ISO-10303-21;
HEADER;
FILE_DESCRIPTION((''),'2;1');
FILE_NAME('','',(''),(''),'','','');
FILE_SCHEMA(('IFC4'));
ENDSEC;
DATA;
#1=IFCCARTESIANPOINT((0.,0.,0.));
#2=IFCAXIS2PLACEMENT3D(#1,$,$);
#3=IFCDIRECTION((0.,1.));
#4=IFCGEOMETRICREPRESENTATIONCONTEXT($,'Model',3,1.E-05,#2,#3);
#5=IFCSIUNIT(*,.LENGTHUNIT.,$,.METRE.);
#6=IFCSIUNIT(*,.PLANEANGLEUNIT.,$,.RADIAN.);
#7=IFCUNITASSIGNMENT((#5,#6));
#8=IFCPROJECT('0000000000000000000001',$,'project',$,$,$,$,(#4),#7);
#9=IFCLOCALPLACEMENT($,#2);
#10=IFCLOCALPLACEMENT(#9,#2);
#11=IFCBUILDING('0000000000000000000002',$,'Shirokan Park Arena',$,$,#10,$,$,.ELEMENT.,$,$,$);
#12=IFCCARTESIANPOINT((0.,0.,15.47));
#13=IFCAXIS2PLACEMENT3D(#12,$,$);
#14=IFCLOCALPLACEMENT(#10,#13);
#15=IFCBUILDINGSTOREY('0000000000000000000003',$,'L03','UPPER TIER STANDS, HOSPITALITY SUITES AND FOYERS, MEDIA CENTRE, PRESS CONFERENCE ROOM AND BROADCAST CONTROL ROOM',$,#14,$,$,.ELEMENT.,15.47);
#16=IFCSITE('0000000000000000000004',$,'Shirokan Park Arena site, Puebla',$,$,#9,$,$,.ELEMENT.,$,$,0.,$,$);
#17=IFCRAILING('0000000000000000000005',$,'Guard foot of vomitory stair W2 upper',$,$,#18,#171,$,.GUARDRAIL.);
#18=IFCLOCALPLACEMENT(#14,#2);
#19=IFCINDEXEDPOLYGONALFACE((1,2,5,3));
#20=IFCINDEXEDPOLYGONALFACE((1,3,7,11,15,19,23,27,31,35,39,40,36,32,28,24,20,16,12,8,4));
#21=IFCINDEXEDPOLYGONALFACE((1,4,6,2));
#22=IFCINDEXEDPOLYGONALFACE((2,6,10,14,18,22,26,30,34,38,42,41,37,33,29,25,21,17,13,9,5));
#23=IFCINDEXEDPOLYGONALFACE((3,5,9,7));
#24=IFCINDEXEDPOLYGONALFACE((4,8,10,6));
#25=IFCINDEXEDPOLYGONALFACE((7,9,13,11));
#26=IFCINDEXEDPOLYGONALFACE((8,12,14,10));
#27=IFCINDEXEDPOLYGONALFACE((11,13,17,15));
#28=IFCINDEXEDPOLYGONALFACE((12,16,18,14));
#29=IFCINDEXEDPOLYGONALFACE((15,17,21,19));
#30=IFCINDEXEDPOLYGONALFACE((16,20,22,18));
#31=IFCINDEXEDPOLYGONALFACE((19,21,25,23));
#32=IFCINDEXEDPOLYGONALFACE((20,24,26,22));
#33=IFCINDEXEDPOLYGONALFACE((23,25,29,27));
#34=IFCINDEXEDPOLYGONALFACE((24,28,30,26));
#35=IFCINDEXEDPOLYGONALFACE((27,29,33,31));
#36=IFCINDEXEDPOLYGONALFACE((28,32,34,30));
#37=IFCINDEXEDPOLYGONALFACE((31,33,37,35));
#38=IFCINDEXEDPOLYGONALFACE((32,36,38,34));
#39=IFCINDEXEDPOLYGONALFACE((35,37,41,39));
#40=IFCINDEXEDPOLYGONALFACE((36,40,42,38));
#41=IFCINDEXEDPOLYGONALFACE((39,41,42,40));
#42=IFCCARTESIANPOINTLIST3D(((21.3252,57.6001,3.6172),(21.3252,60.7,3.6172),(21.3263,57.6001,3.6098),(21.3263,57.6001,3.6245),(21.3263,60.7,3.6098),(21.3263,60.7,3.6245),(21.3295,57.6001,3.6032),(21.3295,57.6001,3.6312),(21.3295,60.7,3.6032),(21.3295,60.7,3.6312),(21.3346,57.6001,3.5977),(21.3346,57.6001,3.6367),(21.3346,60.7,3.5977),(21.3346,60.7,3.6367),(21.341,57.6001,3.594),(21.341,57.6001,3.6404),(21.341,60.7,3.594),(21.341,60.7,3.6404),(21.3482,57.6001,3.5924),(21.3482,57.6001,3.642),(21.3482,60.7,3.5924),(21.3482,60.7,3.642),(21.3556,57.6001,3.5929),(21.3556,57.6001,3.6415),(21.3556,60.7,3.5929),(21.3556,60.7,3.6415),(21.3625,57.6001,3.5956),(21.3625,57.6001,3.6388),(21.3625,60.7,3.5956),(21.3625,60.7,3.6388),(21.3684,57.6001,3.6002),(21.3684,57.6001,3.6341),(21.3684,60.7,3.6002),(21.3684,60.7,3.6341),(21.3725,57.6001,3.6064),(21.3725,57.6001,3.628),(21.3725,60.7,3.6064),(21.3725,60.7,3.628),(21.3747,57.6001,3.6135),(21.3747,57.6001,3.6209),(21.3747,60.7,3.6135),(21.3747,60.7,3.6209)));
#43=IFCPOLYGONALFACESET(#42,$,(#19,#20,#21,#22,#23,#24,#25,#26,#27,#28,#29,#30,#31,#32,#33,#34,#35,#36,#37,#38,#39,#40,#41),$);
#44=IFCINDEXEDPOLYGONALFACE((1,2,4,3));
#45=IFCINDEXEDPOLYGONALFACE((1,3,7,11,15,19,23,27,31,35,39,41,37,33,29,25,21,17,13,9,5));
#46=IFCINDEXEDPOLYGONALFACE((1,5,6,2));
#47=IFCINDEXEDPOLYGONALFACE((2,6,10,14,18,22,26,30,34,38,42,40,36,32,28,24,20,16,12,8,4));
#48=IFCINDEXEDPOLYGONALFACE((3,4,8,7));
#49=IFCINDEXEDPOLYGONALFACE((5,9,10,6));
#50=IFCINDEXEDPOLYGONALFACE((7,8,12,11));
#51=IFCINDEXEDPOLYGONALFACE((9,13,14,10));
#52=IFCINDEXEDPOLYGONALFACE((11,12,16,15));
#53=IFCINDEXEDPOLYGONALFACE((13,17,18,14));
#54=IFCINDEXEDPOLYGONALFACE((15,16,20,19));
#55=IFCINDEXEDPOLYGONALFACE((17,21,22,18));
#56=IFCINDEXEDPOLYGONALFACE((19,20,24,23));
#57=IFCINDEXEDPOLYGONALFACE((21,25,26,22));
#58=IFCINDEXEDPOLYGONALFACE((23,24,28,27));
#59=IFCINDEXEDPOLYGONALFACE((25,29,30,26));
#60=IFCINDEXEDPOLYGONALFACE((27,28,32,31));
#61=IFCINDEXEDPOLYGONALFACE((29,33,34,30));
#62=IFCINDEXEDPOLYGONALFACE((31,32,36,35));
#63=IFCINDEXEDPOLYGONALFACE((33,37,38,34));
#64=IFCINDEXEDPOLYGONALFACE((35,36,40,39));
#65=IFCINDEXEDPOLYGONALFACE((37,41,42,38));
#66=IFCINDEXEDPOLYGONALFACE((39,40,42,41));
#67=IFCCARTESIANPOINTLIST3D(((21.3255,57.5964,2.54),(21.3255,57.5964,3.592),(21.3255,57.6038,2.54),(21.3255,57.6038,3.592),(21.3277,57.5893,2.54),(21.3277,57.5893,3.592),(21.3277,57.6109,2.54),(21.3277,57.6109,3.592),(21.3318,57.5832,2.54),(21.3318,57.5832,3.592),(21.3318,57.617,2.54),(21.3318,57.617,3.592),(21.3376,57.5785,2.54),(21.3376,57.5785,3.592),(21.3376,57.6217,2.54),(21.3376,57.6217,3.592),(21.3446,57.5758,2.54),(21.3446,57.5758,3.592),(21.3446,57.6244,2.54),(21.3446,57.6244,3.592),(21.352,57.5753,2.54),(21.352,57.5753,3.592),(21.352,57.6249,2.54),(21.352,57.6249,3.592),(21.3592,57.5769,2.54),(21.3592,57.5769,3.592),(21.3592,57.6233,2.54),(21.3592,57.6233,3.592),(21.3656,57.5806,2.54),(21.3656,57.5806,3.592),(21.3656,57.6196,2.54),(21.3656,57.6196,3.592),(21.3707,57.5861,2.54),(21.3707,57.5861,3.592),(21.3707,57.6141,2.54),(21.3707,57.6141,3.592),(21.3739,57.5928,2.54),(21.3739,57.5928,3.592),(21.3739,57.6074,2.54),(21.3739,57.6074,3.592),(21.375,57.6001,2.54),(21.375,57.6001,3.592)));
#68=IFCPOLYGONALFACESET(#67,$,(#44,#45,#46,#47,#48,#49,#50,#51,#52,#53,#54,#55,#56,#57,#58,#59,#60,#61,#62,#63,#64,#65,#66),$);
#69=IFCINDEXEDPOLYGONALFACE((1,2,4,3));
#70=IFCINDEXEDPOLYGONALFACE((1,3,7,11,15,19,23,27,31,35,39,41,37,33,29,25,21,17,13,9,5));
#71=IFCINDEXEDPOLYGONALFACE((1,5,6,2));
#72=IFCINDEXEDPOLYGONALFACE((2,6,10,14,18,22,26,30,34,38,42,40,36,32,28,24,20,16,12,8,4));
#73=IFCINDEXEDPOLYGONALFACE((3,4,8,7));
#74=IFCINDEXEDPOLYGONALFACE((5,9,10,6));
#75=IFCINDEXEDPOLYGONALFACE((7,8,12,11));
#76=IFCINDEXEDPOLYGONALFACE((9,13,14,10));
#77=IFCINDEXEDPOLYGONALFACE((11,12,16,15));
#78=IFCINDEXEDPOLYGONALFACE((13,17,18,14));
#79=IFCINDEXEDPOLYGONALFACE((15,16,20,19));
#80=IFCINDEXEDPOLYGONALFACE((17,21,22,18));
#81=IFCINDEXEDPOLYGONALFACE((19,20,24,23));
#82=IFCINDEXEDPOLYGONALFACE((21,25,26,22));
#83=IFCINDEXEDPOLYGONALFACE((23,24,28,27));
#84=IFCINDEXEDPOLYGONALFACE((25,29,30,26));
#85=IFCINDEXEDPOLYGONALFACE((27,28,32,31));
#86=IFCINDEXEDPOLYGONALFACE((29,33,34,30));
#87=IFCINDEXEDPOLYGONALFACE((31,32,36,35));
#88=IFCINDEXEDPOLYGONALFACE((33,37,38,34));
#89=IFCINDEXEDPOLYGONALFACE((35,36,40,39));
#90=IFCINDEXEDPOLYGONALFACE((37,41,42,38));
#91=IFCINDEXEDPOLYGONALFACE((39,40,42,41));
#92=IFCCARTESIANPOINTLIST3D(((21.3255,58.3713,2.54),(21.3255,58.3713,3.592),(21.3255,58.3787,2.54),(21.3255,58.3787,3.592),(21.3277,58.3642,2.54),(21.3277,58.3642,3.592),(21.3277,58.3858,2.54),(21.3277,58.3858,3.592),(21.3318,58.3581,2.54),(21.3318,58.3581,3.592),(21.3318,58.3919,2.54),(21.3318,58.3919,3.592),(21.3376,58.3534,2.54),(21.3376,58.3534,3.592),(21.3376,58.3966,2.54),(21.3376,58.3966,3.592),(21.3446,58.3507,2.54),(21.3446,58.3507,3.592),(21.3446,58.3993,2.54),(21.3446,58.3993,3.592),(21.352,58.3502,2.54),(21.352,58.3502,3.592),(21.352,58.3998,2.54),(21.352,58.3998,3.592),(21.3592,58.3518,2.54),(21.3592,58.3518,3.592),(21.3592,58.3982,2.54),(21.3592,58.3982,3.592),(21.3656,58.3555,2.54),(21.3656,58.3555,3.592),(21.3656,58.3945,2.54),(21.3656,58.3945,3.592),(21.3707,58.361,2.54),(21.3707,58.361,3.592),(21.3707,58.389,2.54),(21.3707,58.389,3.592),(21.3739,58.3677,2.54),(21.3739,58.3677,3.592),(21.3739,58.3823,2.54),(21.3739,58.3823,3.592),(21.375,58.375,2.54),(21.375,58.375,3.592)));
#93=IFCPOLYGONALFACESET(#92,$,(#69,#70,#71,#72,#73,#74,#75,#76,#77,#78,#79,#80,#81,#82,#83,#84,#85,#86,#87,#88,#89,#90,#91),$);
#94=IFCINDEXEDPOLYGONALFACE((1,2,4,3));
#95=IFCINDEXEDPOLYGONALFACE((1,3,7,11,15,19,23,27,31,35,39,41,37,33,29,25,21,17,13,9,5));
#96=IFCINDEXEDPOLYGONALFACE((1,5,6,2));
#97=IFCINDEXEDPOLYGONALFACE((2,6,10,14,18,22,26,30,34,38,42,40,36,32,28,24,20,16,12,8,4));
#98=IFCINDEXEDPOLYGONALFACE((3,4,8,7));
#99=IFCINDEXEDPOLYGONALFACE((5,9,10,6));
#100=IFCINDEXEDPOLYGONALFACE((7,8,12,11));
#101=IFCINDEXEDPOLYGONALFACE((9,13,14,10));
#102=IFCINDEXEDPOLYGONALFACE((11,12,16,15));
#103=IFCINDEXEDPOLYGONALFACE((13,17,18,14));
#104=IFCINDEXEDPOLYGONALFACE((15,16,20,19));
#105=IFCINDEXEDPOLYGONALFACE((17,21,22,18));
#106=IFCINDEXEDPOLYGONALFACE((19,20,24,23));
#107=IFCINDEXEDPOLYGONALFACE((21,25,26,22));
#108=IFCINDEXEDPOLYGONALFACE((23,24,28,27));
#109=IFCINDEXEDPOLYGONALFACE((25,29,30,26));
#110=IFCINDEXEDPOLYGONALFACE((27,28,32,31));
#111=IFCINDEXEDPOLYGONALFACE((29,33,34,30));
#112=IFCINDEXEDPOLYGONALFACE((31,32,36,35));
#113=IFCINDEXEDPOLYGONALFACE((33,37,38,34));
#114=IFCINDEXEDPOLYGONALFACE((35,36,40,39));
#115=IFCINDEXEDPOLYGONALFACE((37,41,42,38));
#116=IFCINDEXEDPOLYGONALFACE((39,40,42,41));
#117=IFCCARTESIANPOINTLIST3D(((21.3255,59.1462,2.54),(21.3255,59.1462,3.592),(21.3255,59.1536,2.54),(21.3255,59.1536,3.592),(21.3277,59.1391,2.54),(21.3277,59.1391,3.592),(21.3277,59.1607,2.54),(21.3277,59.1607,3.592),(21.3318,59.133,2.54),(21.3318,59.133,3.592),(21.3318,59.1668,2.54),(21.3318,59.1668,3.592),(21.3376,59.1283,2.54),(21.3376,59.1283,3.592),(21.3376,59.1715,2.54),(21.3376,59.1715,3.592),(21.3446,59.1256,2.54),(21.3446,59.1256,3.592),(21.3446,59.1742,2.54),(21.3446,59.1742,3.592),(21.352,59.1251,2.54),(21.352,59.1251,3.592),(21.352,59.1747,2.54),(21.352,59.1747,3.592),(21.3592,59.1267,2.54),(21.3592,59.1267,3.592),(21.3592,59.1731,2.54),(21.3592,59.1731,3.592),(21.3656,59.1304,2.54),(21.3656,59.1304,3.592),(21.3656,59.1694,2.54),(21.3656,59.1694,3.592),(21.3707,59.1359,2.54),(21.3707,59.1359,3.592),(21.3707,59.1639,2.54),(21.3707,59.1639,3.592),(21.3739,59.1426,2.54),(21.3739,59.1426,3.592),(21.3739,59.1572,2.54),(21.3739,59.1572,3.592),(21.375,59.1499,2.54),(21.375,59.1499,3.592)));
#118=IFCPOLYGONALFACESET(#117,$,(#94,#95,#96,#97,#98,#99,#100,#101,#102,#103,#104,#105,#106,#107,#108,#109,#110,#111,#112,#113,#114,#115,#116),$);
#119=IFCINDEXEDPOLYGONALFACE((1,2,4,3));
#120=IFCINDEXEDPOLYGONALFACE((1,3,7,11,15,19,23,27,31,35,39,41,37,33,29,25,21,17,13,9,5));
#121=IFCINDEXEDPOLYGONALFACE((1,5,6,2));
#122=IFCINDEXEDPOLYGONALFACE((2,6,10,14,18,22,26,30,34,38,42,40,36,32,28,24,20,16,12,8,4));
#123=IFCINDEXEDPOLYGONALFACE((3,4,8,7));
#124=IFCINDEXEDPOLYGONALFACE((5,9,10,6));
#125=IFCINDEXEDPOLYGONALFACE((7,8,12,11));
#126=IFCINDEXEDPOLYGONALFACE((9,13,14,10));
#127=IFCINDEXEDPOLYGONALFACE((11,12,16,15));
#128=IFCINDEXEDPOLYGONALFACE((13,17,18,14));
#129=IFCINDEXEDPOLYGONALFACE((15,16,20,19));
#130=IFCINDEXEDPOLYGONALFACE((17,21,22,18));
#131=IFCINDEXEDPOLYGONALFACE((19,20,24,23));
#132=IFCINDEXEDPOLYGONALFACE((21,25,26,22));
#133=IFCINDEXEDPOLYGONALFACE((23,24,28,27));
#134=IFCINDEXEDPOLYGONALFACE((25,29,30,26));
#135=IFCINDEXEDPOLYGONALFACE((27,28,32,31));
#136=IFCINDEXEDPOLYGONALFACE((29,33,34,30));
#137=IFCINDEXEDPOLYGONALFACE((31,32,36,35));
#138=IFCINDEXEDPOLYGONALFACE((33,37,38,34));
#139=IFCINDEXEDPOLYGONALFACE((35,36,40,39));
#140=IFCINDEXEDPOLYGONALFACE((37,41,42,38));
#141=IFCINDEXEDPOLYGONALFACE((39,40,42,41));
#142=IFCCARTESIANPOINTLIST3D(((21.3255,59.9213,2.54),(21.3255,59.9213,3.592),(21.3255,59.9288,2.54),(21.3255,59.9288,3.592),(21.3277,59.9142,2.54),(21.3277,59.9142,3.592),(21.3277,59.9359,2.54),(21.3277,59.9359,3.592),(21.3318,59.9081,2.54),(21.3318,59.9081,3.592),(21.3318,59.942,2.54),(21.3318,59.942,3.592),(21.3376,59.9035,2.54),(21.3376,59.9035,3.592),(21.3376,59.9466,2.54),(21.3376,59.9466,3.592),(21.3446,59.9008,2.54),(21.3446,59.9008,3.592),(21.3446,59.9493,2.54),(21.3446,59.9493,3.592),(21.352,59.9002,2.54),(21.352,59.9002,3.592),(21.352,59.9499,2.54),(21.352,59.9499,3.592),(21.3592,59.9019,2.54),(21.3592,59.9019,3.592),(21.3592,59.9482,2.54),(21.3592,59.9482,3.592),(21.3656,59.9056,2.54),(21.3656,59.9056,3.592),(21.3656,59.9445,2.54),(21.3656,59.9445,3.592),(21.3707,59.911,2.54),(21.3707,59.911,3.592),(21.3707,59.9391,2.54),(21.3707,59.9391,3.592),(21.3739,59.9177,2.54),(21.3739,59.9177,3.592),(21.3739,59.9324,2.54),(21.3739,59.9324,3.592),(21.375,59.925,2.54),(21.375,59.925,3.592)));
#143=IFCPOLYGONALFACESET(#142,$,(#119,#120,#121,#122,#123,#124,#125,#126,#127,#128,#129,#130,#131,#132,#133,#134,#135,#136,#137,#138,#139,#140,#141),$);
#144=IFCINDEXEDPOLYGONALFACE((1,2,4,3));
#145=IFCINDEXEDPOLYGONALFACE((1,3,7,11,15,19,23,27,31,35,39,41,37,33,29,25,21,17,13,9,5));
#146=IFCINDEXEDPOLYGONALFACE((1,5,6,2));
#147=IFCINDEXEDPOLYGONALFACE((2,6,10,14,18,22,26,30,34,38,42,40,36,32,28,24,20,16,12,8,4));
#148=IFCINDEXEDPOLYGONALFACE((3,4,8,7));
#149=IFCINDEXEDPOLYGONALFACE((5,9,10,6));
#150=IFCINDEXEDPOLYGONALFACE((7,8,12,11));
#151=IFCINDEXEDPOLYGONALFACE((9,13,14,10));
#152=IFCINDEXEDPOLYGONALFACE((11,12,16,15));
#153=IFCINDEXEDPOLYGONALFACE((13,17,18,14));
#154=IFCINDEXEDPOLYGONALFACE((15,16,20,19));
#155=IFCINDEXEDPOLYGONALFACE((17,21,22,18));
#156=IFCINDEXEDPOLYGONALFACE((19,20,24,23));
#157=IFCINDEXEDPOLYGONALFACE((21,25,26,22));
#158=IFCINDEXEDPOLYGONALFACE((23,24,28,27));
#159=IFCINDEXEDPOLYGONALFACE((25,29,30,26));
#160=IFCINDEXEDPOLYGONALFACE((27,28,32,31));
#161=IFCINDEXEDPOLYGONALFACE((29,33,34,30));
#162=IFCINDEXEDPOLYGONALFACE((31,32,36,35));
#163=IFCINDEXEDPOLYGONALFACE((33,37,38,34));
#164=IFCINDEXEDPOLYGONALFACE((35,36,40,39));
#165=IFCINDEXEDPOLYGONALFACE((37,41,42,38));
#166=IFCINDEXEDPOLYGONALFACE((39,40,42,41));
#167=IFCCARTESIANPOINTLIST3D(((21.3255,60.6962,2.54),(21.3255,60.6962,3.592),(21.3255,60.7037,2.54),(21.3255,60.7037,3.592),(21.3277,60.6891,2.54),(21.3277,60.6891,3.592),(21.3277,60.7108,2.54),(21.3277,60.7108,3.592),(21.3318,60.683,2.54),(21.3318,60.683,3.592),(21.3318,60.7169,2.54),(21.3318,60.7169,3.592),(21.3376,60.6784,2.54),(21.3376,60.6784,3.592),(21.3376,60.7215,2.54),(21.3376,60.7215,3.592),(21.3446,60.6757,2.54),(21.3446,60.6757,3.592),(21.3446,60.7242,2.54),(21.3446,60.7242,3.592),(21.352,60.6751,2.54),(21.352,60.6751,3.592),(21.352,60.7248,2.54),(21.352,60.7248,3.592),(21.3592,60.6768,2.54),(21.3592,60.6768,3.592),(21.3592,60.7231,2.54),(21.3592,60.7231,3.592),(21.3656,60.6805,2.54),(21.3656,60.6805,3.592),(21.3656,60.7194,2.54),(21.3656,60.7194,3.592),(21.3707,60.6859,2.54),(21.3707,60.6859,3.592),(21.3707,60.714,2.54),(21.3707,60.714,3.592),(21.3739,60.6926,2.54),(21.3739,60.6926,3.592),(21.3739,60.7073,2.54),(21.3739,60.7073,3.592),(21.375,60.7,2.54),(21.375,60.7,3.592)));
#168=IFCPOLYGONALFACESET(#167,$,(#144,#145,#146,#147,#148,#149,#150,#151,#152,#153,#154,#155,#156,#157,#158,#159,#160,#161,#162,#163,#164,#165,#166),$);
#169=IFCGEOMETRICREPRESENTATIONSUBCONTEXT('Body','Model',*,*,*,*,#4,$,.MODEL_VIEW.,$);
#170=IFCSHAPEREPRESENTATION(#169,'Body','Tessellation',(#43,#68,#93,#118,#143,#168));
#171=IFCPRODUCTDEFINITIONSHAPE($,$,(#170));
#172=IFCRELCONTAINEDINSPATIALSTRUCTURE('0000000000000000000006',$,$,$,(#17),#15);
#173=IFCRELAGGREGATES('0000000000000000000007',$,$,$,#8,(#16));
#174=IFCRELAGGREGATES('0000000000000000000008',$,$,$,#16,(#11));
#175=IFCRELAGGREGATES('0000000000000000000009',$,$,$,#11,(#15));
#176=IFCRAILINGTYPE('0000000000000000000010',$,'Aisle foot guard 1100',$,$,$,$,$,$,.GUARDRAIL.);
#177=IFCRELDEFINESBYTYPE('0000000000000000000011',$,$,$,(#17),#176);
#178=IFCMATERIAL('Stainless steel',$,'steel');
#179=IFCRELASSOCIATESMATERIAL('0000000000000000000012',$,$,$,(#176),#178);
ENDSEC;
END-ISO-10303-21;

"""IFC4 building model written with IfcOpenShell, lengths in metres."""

from ifc_helpers import new_model, si_unit, direction, frame, origin, origin_2d, place, context, subcontext, project, spatial, circle, extrude, material, type_object, element, save


model = new_model("IFC4")

# Units and contexts
model_context = context("Model", 3, precision=1e-05, world=origin(), true_north=direction((0.0, 1.0)))
body_context = subcontext(model_context, "Body", "Model", "MODEL_VIEW")
ifc_project = project(units=[si_unit("LENGTHUNIT", "METRE"), si_unit("PLANEANGLEUNIT", "RADIAN")], contexts=[model_context])

# Site, building, storey
site_placement = place(None, origin())
site = spatial("IfcSite", under=ifc_project, at=site_placement, Name="Shirokan Park Arena site, Puebla", CompositionType="ELEMENT", RefElevation=0.0)
building_placement = place(site_placement, origin())
building = spatial("IfcBuilding", under=site, at=building_placement, Name="Shirokan Park Arena", CompositionType="ELEMENT")
storey_placement = place(building_placement, frame((0.0, 0.0, 15.47)))
storey = spatial("IfcBuildingStorey", under=building, at=storey_placement, Name="L03", Description="UPPER TIER STANDS, HOSPITALITY SUITES AND FOYERS, MEDIA CENTRE, PRESS CONFERENCE ROOM AND BROADCAST CONTROL ROOM", CompositionType="ELEMENT", Elevation=15.47)

# Railing
ifc_material_1 = material(Name="Stainless steel", Category="steel")
railing_type_1 = type_object("IfcRailingType", Name="Aisle foot guard 1100", PredefinedType="GUARDRAIL", material=ifc_material_1)
railing_1_placement = place(storey_placement, frame((21.3501, 57.6001, 2.54)))
element("IfcRailing", 1, at=railing_1_placement, inside=storey, type_object=railing_type_1, Name="Guard foot of vomitory stair W2 upper", PredefinedType="GUARDRAIL", context=body_context, shape_type="SweptSolid", body=[
    extrude(circle(Radius=0.0249, at=origin_2d()), frame((0.0, 0.0, 1.0771), z_axis=(0.0, 1.0, 0.0), x_axis=(-1.0, 0.0, 0.0)), (0.0, 0.0, 1.0), 3.0999),
    extrude(circle(Radius=0.0249, at=origin_2d()), origin(), (0.0, 0.0, 1.0), 1.052),
    extrude(circle(Radius=0.0249, at=origin_2d()), frame((0.0, 0.7749, 0.0)), (0.0, 0.0, 1.0), 1.052),
    extrude(circle(Radius=0.0249, at=origin_2d()), frame((0.0, 1.5498, 0.0)), (0.0, 0.0, 1.0), 1.052),
    extrude(circle(Radius=0.0249, at=origin_2d()), frame((0.0, 2.325, 0.0)), (0.0, 0.0, 1.0), 1.052),
    extrude(circle(Radius=0.0249, at=origin_2d()), frame((0.0, 3.0999, 0.0)), (0.0, 0.0, 1.0), 1.052),
])

save(model, "model.ifc")
